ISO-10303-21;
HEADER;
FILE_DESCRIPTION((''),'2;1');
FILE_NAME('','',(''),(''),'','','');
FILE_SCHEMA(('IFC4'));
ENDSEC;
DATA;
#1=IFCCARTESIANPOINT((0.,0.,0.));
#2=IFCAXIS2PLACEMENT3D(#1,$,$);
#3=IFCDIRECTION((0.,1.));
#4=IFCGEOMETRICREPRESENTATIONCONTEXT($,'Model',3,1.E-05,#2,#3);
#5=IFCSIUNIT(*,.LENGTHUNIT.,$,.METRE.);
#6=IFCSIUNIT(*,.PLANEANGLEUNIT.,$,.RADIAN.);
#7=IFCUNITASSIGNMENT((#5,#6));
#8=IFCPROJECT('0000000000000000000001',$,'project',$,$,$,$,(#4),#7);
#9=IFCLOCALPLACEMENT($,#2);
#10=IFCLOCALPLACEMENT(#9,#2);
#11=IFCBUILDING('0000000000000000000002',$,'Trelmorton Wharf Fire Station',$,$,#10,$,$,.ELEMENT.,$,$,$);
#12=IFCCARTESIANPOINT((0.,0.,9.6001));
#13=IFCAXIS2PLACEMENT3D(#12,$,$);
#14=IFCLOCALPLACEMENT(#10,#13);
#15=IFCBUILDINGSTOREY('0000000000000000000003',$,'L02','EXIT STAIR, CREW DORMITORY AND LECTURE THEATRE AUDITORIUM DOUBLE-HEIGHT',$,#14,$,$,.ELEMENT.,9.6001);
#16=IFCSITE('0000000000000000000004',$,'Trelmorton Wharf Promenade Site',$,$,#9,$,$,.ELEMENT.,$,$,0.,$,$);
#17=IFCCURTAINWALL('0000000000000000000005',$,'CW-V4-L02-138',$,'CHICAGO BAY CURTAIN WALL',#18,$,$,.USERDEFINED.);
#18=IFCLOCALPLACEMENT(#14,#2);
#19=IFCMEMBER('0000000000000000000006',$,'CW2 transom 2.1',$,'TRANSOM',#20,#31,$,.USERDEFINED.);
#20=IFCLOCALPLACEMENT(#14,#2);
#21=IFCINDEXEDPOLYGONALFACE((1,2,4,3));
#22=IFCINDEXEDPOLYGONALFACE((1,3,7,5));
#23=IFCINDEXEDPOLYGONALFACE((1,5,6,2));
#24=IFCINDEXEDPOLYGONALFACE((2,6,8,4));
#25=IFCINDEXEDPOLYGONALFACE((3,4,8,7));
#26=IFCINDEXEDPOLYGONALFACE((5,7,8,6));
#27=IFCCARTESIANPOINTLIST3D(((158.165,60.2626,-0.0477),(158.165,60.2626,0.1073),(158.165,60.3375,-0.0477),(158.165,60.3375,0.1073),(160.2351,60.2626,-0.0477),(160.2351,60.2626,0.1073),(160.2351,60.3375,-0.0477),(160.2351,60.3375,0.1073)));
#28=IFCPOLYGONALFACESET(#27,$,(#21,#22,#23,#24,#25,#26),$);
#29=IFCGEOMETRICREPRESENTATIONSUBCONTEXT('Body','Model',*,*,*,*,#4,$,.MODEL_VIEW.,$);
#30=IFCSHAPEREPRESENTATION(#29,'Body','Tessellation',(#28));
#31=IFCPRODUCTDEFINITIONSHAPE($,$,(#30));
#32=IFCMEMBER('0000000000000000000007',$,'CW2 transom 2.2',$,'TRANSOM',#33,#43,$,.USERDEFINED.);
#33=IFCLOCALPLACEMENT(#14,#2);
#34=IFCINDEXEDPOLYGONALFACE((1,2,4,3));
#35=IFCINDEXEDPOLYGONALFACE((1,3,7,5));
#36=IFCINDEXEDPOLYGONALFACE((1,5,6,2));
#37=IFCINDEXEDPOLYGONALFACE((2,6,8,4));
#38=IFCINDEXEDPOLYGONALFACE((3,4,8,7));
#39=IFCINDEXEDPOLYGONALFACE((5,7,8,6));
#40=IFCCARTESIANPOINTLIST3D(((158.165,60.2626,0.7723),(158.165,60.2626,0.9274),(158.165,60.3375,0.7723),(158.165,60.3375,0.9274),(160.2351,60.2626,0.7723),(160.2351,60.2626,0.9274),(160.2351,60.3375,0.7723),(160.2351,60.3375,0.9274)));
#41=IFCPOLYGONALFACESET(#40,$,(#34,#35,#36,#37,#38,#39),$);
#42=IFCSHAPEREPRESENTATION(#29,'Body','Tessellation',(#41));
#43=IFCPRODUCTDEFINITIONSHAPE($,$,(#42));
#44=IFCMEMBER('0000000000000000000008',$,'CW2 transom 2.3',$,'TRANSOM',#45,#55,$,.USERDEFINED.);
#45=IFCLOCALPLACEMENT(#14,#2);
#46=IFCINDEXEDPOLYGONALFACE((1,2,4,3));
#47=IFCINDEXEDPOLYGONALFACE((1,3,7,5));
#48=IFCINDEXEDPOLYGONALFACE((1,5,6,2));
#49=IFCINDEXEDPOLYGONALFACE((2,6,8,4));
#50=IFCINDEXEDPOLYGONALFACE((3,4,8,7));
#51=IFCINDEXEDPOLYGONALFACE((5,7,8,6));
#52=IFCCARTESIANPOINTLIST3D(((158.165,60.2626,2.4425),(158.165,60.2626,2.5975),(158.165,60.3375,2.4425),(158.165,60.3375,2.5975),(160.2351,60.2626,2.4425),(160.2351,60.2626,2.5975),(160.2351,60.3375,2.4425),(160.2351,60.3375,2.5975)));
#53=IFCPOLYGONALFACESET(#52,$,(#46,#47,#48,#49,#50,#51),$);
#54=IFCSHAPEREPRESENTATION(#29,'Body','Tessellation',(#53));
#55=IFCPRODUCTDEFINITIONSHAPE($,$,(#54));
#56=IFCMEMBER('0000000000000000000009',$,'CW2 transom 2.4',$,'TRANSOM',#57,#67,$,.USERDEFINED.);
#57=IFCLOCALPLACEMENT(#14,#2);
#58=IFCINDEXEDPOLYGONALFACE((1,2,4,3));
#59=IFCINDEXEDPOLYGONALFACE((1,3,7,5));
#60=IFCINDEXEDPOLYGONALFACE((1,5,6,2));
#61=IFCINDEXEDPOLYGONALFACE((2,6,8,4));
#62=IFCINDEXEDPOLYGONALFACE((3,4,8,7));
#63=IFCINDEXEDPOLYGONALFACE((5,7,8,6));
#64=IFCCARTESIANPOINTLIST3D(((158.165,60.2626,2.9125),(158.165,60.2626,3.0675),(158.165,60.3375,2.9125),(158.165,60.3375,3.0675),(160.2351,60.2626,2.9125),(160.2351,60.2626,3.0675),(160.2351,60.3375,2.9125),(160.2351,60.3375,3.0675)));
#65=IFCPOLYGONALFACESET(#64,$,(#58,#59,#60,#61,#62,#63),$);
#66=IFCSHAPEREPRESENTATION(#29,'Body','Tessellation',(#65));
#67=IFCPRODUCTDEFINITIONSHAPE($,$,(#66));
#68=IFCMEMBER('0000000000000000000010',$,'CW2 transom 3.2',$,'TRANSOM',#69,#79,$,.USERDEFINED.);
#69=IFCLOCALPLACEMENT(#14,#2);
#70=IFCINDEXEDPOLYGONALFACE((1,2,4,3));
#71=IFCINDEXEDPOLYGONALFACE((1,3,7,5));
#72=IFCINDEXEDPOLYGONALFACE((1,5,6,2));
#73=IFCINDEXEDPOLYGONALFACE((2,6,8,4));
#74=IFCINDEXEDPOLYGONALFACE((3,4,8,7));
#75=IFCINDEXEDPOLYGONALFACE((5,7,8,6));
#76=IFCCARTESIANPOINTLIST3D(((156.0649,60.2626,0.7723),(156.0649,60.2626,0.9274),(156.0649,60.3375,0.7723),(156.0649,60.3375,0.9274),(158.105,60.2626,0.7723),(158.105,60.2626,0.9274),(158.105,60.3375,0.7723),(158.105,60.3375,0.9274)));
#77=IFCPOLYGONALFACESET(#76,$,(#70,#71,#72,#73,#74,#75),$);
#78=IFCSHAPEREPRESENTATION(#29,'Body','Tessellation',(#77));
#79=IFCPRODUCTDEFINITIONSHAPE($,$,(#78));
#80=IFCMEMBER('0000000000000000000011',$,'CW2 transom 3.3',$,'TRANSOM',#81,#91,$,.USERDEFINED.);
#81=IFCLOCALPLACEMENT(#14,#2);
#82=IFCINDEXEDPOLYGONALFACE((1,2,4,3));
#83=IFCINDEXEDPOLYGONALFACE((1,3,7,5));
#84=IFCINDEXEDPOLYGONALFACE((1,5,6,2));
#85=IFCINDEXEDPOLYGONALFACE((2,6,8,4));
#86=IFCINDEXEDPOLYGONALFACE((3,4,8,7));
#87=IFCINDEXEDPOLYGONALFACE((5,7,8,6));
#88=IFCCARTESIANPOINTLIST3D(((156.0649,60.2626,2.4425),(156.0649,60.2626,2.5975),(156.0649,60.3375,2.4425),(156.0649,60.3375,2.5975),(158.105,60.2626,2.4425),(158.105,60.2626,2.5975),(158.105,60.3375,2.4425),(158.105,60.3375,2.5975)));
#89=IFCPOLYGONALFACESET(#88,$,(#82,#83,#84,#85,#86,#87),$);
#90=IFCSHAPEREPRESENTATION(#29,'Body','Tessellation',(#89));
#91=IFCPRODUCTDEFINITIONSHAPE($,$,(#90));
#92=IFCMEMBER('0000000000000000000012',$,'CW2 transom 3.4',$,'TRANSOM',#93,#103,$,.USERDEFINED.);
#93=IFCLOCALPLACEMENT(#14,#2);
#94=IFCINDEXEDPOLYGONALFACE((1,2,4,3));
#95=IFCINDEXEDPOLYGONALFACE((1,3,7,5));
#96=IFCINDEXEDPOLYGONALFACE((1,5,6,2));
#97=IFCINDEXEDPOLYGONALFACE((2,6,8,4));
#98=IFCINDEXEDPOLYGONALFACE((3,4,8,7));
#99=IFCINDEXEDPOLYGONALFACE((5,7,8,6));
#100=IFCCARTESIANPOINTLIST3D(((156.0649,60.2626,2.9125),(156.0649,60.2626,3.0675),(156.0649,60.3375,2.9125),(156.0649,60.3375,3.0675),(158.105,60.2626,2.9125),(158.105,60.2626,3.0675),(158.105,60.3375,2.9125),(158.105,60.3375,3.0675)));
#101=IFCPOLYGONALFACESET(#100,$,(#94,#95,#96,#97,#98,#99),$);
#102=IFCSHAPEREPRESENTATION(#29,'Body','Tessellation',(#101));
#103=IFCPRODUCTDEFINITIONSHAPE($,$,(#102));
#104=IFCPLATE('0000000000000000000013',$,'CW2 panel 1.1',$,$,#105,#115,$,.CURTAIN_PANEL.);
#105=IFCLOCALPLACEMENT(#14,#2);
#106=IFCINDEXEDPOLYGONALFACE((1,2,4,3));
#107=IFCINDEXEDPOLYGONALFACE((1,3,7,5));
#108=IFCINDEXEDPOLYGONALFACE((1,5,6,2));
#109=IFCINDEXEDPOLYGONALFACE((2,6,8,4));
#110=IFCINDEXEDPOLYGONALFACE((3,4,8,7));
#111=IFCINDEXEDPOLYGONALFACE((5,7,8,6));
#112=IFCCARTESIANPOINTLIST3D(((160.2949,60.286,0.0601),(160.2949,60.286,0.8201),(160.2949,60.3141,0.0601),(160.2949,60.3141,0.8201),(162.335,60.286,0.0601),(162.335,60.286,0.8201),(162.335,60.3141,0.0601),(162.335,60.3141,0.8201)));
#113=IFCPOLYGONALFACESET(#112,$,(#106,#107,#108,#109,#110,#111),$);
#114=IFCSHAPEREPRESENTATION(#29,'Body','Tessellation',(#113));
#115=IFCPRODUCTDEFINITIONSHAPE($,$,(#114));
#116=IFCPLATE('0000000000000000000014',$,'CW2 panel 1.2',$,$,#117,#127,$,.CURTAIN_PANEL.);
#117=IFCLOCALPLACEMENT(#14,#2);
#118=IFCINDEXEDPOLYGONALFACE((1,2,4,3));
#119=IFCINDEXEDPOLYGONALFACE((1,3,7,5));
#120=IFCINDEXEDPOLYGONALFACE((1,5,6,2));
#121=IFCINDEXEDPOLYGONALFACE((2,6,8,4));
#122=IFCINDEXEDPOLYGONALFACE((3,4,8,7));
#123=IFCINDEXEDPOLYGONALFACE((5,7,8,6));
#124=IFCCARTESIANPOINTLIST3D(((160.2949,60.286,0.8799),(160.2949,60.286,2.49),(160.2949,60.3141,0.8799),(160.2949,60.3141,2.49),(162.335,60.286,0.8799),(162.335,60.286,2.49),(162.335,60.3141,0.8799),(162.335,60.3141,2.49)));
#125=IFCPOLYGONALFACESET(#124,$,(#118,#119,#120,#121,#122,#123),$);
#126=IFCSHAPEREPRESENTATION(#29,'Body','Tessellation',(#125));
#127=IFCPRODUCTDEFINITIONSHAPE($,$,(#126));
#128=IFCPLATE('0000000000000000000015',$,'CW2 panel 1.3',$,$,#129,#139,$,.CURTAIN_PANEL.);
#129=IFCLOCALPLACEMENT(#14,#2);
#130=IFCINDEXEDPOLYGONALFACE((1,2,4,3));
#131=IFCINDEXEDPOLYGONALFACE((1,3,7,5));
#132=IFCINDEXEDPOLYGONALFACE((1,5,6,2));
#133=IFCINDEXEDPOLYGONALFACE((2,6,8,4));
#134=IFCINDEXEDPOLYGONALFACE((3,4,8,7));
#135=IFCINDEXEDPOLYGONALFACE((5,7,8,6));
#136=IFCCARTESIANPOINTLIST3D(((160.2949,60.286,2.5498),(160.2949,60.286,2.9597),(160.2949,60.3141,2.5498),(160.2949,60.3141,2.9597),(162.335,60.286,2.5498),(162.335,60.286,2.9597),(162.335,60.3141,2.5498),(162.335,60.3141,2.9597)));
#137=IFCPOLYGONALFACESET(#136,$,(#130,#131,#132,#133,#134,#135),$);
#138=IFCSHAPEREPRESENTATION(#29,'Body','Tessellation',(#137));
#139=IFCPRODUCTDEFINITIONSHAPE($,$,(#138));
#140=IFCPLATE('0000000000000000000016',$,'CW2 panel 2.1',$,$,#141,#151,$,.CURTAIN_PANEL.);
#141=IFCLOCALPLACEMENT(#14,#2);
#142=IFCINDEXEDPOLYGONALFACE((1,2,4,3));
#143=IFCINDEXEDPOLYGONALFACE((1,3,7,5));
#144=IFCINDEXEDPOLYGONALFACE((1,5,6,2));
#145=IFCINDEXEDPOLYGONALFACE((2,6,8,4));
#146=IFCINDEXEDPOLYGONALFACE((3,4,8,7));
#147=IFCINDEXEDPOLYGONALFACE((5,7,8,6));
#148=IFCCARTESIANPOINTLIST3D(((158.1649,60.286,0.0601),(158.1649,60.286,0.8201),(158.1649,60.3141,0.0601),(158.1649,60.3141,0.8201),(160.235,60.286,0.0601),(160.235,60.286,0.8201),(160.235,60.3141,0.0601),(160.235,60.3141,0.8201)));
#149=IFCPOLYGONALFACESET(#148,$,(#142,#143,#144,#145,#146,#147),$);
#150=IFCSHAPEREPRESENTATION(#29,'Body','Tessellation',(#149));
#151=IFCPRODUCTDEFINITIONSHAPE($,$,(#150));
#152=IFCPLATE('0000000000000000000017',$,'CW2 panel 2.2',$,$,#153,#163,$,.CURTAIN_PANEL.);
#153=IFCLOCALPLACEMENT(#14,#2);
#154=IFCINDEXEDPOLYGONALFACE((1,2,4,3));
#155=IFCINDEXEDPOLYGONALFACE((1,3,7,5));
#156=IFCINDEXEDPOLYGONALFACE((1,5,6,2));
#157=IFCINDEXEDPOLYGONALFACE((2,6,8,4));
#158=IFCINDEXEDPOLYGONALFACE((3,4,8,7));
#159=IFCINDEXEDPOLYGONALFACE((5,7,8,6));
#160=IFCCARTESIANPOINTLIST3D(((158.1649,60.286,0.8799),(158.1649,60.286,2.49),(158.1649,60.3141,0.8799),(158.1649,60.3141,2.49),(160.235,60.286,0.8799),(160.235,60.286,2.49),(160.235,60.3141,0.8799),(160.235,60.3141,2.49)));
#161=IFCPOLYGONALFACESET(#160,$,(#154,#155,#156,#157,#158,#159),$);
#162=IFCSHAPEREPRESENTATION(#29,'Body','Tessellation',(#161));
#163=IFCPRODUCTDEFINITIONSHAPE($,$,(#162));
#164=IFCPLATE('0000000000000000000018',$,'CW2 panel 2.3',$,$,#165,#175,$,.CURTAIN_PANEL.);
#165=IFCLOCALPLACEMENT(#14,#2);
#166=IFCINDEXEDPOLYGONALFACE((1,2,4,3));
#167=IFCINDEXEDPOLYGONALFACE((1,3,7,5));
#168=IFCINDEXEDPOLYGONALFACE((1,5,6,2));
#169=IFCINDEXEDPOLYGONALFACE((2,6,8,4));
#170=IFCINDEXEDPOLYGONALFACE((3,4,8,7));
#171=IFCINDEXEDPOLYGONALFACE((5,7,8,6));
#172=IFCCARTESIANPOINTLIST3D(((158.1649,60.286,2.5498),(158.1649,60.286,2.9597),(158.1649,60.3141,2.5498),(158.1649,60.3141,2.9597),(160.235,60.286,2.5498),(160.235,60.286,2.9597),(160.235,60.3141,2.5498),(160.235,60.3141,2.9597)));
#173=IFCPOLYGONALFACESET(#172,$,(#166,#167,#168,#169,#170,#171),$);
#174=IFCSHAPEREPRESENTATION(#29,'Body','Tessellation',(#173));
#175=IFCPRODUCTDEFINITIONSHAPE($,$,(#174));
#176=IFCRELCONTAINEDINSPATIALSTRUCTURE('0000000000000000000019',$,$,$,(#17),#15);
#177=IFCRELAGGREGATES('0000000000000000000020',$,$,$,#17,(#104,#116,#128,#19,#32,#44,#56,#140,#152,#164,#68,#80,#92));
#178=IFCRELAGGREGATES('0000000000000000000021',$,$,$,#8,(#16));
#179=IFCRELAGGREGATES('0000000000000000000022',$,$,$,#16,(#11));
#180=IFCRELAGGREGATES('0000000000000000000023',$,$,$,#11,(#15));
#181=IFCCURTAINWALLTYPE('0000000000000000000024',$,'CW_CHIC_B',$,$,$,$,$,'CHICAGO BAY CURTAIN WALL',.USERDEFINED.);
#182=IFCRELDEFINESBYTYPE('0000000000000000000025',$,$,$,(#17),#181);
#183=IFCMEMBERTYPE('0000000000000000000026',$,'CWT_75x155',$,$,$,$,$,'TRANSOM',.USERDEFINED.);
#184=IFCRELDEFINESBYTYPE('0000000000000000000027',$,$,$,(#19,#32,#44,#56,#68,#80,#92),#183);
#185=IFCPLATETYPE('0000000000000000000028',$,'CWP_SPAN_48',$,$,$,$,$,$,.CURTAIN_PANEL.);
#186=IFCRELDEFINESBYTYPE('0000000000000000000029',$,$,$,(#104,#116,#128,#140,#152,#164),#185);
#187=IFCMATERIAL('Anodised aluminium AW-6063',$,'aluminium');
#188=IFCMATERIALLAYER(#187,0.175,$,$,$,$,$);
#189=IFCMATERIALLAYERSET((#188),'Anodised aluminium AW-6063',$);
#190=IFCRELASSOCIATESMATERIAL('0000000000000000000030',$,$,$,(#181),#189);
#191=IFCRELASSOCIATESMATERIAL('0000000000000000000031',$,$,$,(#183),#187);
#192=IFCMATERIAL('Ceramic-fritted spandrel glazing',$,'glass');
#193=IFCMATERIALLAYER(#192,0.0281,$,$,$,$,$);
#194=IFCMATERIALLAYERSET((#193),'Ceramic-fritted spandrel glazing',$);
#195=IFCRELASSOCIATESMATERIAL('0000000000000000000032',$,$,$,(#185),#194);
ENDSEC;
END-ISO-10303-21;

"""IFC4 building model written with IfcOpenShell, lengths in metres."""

from ifc_helpers import new_model, si_unit, direction, frame, origin, origin_2d, place, context, subcontext, project, spatial, rectangle, extrude, material, layer, layer_set, material_profile, profile_set, type_object, element, aggregate, save


model = new_model("IFC4")

# Units and contexts
model_context = context("Model", 3, precision=1e-05, world=origin(), true_north=direction((0.0, 1.0)))
body_context = subcontext(model_context, "Body", "Model", "MODEL_VIEW")
ifc_project = project(units=[si_unit("LENGTHUNIT", "METRE"), si_unit("PLANEANGLEUNIT", "RADIAN")], contexts=[model_context])

# Site, building, storey
site_placement = place(None, origin())
site = spatial("IfcSite", under=ifc_project, at=site_placement, Name="Trelmorton Wharf Promenade Site", CompositionType="ELEMENT", RefElevation=0.0)
building_placement = place(site_placement, origin())
building = spatial("IfcBuilding", under=site, at=building_placement, Name="Trelmorton Wharf Fire Station", CompositionType="ELEMENT")
storey_placement = place(building_placement, frame((0.0, 0.0, 9.6001)))
storey = spatial("IfcBuildingStorey", under=building, at=storey_placement, Name="L02", Description="EXIT STAIR, CREW DORMITORY AND LECTURE THEATRE AUDITORIUM DOUBLE-HEIGHT", CompositionType="ELEMENT", Elevation=9.6001)

# Curtain wall, members, plates
ifc_material_1 = material(Name="Anodised aluminium AW-6063", Category="aluminium")
ifc_layer_1 = layer(ifc_material_1, 0.175)
ifc_layer_set_1 = layer_set([ifc_layer_1], Name="Anodised aluminium AW-6063")
curtain_wall_type = type_object("IfcCurtainWallType", Name="CW_CHIC_B", ElementType="CHICAGO BAY CURTAIN WALL", PredefinedType="USERDEFINED", material=ifc_layer_set_1)
curtain_wall_placement = place(storey_placement, origin())
curtain_wall = element("IfcCurtainWall", 1, at=curtain_wall_placement, inside=storey, type_object=curtain_wall_type, Name="CW-V4-L02-138", ObjectType="CHICAGO BAY CURTAIN WALL", PredefinedType="USERDEFINED")
ifc_material_profile_1 = material_profile(ifc_material_1, rectangle(XDim=0.075, YDim=0.155, at=origin_2d()), Name="ALU-75x155")
ifc_profile_set_1 = profile_set([ifc_material_profile_1], Name="Anodised aluminium AW-6063")
member_type_1 = type_object("IfcMemberType", Name="CWT_75x155", ElementType="TRANSOM", PredefinedType="USERDEFINED", material=ifc_profile_set_1)
member_1_placement = place(storey_placement, frame((160.2351, 60.3, 0.0298), z_axis=(-1.0, 0.0, 0.0), x_axis=(0.0, -1.0, 0.0)))
member_1 = element("IfcMember", 2, at=member_1_placement, type_object=member_type_1, Name="CW2 transom 2.1", ObjectType="TRANSOM", PredefinedType="USERDEFINED", context=body_context, shape_type="SweptSolid", body=[
    extrude(rectangle(XDim=0.075, YDim=0.155, at=origin_2d()), origin(), (0.0, 0.0, 1.0), 2.0701),
])
member_2_placement = place(storey_placement, frame((160.2351, 60.3, 0.8499), z_axis=(-1.0, 0.0, 0.0), x_axis=(0.0, -1.0, 0.0)))
member_2 = element("IfcMember", 3, at=member_2_placement, type_object=member_type_1, Name="CW2 transom 2.2", ObjectType="TRANSOM", PredefinedType="USERDEFINED", context=body_context, shape_type="SweptSolid", body=[
    extrude(rectangle(XDim=0.075, YDim=0.155, at=origin_2d()), origin(), (0.0, 0.0, 1.0), 2.0701),
])
member_3_placement = place(storey_placement, frame((160.2351, 60.3, 2.52), z_axis=(-1.0, 0.0, 0.0), x_axis=(0.0, -1.0, 0.0)))
member_3 = element("IfcMember", 4, at=member_3_placement, type_object=member_type_1, Name="CW2 transom 2.3", ObjectType="TRANSOM", PredefinedType="USERDEFINED", context=body_context, shape_type="SweptSolid", body=[
    extrude(rectangle(XDim=0.075, YDim=0.155, at=origin_2d()), origin(), (0.0, 0.0, 1.0), 2.0701),
])
member_4_placement = place(storey_placement, frame((160.2351, 60.3, 2.99), z_axis=(-1.0, 0.0, 0.0), x_axis=(0.0, -1.0, 0.0)))
member_4 = element("IfcMember", 5, at=member_4_placement, type_object=member_type_1, Name="CW2 transom 2.4", ObjectType="TRANSOM", PredefinedType="USERDEFINED", context=body_context, shape_type="SweptSolid", body=[
    extrude(rectangle(XDim=0.075, YDim=0.155, at=origin_2d()), origin(), (0.0, 0.0, 1.0), 2.0701),
])
member_5_placement = place(storey_placement, frame((158.105, 60.3, 0.8499), z_axis=(-1.0, 0.0, 0.0), x_axis=(0.0, -1.0, 0.0)))
member_5 = element("IfcMember", 6, at=member_5_placement, type_object=member_type_1, Name="CW2 transom 3.2", ObjectType="TRANSOM", PredefinedType="USERDEFINED", context=body_context, shape_type="SweptSolid", body=[
    extrude(rectangle(XDim=0.075, YDim=0.155, at=origin_2d()), origin(), (0.0, 0.0, 1.0), 2.04),
])
member_6_placement = place(storey_placement, frame((158.105, 60.3, 2.52), z_axis=(-1.0, 0.0, 0.0), x_axis=(0.0, -1.0, 0.0)))
member_6 = element("IfcMember", 7, at=member_6_placement, type_object=member_type_1, Name="CW2 transom 3.3", ObjectType="TRANSOM", PredefinedType="USERDEFINED", context=body_context, shape_type="SweptSolid", body=[
    extrude(rectangle(XDim=0.075, YDim=0.155, at=origin_2d()), origin(), (0.0, 0.0, 1.0), 2.04),
])
member_7_placement = place(storey_placement, frame((158.105, 60.3, 2.99), z_axis=(-1.0, 0.0, 0.0), x_axis=(0.0, -1.0, 0.0)))
member_7 = element("IfcMember", 8, at=member_7_placement, type_object=member_type_1, Name="CW2 transom 3.4", ObjectType="TRANSOM", PredefinedType="USERDEFINED", context=body_context, shape_type="SweptSolid", body=[
    extrude(rectangle(XDim=0.075, YDim=0.155, at=origin_2d()), origin(), (0.0, 0.0, 1.0), 2.04),
])
ifc_material_2 = material(Name="Ceramic-fritted spandrel glazing", Category="glass")
ifc_layer_2 = layer(ifc_material_2, 0.0281)
ifc_layer_set_2 = layer_set([ifc_layer_2], Name="Ceramic-fritted spandrel glazing")
plate_type = type_object("IfcPlateType", Name="CWP_SPAN_48", PredefinedType="CURTAIN_PANEL", material=ifc_layer_set_2)
plate_1_placement = place(storey_placement, frame((161.3149, 60.3, 0.0601), z_axis=(0.0, 0.0, 1.0), x_axis=(-1.0, 0.0, 0.0)))
plate_1 = element("IfcPlate", 9, at=plate_1_placement, type_object=plate_type, Name="CW2 panel 1.1", PredefinedType="CURTAIN_PANEL", context=body_context, shape_type="SweptSolid", body=[
    extrude(rectangle(XDim=2.04, YDim=0.0281, at=origin_2d()), origin(), (0.0, 0.0, 1.0), 0.76),
])
plate_2_placement = place(storey_placement, frame((161.3149, 60.3, 0.8799), z_axis=(0.0, 0.0, 1.0), x_axis=(-1.0, 0.0, 0.0)))
plate_2 = element("IfcPlate", 10, at=plate_2_placement, type_object=plate_type, Name="CW2 panel 1.2", PredefinedType="CURTAIN_PANEL", context=body_context, shape_type="SweptSolid", body=[
    extrude(rectangle(XDim=2.04, YDim=0.0281, at=origin_2d()), origin(), (0.0, 0.0, 1.0), 1.6101),
])
plate_3_placement = place(storey_placement, frame((161.3149, 60.3, 2.5498), z_axis=(0.0, 0.0, 1.0), x_axis=(-1.0, 0.0, 0.0)))
plate_3 = element("IfcPlate", 11, at=plate_3_placement, type_object=plate_type, Name="CW2 panel 1.3", PredefinedType="CURTAIN_PANEL", context=body_context, shape_type="SweptSolid", body=[
    extrude(rectangle(XDim=2.04, YDim=0.0281, at=origin_2d()), origin(), (0.0, 0.0, 1.0), 0.4099),
])
plate_4_placement = place(storey_placement, frame((159.2, 60.3, 0.0601), z_axis=(0.0, 0.0, 1.0), x_axis=(-1.0, 0.0, 0.0)))
plate_4 = element("IfcPlate", 12, at=plate_4_placement, type_object=plate_type, Name="CW2 panel 2.1", PredefinedType="CURTAIN_PANEL", context=body_context, shape_type="SweptSolid", body=[
    extrude(rectangle(XDim=2.0701, YDim=0.0281, at=origin_2d()), origin(), (0.0, 0.0, 1.0), 0.76),
])
plate_5_placement = place(storey_placement, frame((159.2, 60.3, 0.8799), z_axis=(0.0, 0.0, 1.0), x_axis=(-1.0, 0.0, 0.0)))
plate_5 = element("IfcPlate", 13, at=plate_5_placement, type_object=plate_type, Name="CW2 panel 2.2", PredefinedType="CURTAIN_PANEL", context=body_context, shape_type="SweptSolid", body=[
    extrude(rectangle(XDim=2.0701, YDim=0.0281, at=origin_2d()), origin(), (0.0, 0.0, 1.0), 1.6101),
])
plate_6_placement = place(storey_placement, frame((159.2, 60.3, 2.5498), z_axis=(0.0, 0.0, 1.0), x_axis=(-1.0, 0.0, 0.0)))
plate_6 = element("IfcPlate", 14, at=plate_6_placement, type_object=plate_type, Name="CW2 panel 2.3", PredefinedType="CURTAIN_PANEL", context=body_context, shape_type="SweptSolid", body=[
    extrude(rectangle(XDim=2.0701, YDim=0.0281, at=origin_2d()), origin(), (0.0, 0.0, 1.0), 0.4099),
])
aggregate(curtain_wall, [plate_1, plate_2, plate_3, member_1, member_2, member_3, member_4, plate_4, plate_5, plate_6, member_5, member_6, member_7])

save(model, "model.ifc")
